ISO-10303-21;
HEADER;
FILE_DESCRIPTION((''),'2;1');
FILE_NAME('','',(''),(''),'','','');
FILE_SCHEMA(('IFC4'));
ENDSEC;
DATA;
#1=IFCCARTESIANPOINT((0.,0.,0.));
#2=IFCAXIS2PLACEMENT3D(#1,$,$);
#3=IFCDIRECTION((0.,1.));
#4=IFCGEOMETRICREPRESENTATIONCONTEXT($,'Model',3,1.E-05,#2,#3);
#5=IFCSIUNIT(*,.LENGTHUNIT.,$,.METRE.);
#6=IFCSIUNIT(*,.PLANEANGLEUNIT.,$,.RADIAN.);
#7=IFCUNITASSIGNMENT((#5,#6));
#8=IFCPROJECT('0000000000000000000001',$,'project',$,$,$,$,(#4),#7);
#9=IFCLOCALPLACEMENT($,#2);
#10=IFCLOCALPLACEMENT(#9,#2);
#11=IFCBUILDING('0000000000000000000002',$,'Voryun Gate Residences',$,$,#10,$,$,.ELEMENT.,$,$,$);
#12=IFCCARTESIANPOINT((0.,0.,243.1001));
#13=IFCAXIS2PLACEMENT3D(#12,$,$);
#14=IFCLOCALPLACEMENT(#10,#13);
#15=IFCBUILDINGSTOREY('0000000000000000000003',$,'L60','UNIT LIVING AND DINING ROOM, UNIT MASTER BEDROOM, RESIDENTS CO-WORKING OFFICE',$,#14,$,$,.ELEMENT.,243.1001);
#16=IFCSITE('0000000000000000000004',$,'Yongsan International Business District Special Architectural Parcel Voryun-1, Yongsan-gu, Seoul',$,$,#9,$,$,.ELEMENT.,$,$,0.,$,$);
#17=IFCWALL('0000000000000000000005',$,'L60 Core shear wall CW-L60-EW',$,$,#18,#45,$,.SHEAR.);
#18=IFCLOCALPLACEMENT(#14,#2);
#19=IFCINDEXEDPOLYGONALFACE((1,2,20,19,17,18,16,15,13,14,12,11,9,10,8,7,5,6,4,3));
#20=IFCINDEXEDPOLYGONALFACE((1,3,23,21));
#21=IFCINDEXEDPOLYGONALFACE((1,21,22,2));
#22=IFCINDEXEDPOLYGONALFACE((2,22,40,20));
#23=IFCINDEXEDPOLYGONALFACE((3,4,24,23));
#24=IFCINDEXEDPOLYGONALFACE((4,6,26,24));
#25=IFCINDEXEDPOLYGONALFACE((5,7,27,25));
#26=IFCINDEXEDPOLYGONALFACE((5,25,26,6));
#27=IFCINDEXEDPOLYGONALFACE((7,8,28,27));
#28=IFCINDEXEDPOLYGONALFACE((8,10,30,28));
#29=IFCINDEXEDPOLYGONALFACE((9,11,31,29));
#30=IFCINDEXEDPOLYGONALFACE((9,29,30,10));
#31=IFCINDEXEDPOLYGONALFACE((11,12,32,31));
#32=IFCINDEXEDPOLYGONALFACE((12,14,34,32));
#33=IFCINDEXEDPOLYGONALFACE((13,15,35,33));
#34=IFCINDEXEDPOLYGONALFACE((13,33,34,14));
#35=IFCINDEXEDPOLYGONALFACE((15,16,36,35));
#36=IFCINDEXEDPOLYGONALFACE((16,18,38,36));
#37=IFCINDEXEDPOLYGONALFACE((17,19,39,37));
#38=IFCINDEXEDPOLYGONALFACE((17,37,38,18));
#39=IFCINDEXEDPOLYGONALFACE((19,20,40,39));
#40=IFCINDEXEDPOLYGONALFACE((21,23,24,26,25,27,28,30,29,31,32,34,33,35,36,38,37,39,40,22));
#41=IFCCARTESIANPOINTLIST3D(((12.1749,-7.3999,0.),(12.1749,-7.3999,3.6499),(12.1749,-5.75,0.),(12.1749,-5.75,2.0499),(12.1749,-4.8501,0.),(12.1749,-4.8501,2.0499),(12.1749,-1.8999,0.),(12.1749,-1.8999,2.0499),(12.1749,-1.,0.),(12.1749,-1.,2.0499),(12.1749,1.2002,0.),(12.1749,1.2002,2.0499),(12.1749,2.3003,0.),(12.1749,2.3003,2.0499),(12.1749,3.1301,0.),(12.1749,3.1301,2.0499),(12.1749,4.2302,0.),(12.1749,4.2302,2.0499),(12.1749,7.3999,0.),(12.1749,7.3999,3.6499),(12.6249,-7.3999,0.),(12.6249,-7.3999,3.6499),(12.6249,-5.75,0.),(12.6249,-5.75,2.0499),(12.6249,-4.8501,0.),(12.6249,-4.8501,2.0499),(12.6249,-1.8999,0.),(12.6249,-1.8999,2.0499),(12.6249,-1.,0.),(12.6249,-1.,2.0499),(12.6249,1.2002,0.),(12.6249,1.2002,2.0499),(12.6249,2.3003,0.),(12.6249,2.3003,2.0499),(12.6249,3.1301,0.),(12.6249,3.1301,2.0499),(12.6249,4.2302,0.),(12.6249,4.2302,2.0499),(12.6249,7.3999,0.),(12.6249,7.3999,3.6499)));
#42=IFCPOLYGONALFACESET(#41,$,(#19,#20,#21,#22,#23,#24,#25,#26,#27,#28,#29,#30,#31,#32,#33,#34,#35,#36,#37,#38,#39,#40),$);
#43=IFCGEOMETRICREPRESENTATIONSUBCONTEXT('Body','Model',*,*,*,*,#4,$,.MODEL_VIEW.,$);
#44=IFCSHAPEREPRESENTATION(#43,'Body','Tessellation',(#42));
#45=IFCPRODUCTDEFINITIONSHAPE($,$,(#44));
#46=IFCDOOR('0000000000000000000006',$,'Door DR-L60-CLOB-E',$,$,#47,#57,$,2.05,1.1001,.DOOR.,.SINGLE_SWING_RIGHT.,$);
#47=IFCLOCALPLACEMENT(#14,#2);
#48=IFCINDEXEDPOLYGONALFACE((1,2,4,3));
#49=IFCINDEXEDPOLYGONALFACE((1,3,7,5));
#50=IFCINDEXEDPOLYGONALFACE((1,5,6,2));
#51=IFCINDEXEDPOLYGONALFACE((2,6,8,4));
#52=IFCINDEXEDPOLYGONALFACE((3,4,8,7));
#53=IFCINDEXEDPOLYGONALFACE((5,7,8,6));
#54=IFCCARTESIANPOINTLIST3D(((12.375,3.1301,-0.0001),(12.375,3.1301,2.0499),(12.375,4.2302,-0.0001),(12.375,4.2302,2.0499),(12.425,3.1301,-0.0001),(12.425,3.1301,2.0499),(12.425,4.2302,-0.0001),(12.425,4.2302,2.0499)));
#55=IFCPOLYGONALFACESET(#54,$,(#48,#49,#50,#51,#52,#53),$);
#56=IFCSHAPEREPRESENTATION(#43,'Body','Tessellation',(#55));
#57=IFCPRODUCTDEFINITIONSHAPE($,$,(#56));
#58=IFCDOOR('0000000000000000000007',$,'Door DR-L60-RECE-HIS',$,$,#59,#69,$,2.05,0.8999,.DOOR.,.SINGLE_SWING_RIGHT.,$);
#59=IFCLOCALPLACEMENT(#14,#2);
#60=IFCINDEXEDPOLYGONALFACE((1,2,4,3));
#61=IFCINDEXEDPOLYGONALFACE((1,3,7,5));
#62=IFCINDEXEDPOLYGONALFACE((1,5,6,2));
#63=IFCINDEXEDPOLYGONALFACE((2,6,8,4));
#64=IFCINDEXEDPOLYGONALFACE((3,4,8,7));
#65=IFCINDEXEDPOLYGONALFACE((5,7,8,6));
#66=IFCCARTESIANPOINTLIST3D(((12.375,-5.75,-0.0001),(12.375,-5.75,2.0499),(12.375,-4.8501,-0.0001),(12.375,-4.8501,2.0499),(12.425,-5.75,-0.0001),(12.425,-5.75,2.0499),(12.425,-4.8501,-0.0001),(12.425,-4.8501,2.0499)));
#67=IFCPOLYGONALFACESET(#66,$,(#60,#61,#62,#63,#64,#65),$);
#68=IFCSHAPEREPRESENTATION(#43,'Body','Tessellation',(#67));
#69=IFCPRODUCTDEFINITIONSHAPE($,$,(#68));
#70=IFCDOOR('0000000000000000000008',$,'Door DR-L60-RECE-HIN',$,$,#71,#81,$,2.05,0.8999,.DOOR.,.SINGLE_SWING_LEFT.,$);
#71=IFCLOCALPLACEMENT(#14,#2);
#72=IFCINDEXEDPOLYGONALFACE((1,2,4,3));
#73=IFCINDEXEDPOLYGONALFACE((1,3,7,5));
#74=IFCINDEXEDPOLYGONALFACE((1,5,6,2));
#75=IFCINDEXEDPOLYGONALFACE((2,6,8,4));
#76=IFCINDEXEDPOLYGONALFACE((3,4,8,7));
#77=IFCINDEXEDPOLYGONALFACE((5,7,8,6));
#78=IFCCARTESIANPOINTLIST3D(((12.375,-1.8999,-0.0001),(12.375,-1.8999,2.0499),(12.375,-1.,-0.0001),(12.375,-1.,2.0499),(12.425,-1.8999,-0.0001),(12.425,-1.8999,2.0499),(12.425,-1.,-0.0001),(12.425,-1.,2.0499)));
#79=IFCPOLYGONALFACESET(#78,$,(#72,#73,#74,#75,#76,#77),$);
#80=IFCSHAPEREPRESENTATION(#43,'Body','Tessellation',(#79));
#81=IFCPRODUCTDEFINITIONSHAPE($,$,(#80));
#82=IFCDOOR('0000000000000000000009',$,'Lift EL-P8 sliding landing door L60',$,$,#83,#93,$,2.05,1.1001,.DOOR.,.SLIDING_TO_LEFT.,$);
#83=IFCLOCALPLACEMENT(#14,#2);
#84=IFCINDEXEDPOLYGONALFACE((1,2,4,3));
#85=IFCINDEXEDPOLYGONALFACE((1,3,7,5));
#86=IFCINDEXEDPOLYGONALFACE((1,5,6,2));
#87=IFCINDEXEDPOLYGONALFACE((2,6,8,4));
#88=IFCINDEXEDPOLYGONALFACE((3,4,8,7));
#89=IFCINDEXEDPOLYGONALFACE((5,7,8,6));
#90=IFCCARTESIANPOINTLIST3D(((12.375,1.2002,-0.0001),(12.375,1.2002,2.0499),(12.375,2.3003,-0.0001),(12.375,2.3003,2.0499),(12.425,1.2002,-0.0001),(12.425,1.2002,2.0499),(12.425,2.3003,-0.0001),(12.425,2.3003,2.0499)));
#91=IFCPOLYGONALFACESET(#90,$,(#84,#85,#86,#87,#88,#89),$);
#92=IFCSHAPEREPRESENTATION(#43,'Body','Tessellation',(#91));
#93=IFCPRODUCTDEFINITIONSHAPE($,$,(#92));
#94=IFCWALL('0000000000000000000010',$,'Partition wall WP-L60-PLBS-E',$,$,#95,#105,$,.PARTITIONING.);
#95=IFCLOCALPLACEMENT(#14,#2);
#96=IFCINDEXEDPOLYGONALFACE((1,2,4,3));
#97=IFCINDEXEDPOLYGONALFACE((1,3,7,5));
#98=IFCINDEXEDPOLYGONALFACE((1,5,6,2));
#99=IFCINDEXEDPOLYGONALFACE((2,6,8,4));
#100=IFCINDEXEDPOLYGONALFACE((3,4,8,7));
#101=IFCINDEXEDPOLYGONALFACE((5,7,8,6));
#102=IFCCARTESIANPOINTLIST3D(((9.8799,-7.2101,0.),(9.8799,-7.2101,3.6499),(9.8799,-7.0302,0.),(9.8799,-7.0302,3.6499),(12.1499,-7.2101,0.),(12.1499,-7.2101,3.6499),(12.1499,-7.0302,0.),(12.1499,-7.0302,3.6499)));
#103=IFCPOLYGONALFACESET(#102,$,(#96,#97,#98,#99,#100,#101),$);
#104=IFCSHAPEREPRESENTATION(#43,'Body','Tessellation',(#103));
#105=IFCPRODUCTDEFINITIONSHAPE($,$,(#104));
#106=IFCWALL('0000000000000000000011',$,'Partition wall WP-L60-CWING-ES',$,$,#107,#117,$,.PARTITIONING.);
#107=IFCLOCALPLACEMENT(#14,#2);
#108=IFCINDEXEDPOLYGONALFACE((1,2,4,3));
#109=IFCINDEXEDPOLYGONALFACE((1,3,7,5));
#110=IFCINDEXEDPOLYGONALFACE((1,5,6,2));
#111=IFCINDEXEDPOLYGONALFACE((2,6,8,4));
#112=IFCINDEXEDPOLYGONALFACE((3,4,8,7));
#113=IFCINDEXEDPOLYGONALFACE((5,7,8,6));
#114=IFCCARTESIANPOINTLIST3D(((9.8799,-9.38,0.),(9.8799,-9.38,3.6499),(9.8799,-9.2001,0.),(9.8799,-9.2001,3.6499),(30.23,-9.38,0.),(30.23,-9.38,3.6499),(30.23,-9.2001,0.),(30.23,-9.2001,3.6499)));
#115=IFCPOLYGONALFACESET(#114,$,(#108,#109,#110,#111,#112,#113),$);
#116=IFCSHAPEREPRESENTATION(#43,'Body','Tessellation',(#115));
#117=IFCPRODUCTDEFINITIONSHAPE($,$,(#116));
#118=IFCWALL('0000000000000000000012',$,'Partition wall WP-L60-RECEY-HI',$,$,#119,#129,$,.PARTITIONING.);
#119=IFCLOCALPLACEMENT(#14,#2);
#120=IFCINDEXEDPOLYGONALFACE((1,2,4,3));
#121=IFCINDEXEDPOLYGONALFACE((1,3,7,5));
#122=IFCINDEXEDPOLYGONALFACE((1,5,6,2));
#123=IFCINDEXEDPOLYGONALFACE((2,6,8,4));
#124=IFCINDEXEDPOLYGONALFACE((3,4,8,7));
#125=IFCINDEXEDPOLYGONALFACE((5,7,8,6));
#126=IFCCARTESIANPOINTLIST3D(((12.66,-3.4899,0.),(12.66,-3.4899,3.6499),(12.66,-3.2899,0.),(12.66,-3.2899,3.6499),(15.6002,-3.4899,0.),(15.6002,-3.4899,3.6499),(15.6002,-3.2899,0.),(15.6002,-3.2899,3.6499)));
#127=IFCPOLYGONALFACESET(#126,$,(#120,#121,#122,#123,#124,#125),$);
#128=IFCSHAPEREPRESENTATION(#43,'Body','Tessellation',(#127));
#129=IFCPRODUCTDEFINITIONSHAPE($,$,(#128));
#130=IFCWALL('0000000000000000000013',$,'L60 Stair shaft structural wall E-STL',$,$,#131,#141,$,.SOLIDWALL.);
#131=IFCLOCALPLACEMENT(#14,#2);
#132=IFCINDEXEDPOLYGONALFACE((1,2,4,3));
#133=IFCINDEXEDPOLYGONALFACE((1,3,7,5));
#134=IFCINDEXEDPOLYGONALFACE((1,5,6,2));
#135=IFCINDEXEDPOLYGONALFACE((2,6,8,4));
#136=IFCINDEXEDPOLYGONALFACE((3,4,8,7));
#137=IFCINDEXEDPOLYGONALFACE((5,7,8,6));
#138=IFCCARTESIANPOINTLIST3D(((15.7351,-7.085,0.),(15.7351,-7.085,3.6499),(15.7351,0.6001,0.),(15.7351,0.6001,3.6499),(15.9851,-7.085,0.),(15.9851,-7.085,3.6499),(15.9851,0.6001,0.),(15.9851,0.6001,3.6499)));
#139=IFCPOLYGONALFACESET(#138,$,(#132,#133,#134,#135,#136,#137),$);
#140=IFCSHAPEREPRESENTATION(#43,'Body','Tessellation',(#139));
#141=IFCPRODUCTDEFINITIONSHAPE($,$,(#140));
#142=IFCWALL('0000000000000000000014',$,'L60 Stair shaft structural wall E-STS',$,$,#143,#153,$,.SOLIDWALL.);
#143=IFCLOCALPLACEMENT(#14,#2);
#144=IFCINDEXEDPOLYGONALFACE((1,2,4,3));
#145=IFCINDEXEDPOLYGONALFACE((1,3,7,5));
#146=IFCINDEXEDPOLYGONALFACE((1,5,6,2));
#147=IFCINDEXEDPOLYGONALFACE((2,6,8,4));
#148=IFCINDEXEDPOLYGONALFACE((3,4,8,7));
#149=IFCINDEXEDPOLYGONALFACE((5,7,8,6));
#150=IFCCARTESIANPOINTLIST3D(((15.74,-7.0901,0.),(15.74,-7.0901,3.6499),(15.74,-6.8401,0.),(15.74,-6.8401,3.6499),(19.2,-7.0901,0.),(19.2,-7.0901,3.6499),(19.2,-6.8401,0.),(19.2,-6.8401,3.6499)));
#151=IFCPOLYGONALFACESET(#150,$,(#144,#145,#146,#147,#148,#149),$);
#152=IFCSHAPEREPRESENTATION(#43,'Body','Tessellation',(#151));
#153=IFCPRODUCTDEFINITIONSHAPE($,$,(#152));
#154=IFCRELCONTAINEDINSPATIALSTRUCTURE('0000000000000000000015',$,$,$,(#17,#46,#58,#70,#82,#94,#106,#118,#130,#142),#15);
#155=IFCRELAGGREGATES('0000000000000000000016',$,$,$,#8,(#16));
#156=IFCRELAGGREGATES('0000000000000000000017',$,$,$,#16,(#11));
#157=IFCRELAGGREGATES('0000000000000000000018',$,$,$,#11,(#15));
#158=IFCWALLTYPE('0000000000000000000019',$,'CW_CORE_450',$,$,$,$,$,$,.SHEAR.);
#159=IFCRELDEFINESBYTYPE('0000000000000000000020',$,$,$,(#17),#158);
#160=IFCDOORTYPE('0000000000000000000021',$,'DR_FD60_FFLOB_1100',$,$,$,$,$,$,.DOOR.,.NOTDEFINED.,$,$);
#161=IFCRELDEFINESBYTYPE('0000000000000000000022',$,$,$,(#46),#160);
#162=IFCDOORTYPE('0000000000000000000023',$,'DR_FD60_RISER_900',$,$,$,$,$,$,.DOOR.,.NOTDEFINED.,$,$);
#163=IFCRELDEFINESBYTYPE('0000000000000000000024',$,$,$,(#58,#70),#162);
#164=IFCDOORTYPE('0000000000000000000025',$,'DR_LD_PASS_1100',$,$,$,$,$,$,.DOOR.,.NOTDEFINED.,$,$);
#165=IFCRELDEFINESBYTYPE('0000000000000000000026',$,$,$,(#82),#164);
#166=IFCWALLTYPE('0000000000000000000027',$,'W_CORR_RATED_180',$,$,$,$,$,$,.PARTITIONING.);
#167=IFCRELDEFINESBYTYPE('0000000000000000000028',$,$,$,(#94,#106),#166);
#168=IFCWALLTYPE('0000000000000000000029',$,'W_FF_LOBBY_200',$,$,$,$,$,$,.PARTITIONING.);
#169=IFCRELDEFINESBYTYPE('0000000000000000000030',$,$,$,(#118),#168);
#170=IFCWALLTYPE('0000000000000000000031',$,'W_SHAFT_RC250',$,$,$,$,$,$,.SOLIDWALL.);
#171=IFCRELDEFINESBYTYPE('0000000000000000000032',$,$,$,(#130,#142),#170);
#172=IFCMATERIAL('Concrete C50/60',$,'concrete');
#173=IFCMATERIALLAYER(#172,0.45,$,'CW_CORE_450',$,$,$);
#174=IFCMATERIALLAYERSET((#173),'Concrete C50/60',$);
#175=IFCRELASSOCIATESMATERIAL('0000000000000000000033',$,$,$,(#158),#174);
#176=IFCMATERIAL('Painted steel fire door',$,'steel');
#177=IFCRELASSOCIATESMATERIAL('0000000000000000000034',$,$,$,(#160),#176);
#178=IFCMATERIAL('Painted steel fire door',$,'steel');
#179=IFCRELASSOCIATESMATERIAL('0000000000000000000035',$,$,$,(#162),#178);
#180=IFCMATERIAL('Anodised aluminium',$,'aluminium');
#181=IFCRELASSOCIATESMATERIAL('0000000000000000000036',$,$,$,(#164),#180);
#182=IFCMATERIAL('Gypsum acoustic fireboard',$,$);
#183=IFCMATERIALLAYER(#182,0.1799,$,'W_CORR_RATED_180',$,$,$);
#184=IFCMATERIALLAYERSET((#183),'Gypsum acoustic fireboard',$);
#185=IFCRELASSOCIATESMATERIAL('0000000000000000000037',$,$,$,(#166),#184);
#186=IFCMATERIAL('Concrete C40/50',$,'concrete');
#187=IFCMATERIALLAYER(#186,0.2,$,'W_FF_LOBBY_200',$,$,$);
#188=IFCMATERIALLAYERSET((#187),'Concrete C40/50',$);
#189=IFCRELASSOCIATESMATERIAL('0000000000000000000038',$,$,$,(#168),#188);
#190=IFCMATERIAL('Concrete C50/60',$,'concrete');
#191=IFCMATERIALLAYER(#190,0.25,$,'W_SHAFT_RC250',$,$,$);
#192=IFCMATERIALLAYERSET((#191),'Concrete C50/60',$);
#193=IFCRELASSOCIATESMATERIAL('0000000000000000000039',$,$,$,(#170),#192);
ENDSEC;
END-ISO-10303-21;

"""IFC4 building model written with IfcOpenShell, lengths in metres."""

from ifc_helpers import new_model, si_unit, direction, frame, frame_2d, origin, place, context, subcontext, project, spatial, rectangle, extrude, material, layer, layer_set, type_object, element, fill, save


model = new_model("IFC4")

# Units and contexts
model_context = context("Model", 3, precision=1e-05, world=origin(), true_north=direction((0.0, 1.0)))
body_context = subcontext(model_context, "Body", "Model", "MODEL_VIEW")
ifc_project = project(units=[si_unit("LENGTHUNIT", "METRE"), si_unit("PLANEANGLEUNIT", "RADIAN")], contexts=[model_context])

# Site, building, storey
site_placement = place(None, origin())
site = spatial("IfcSite", under=ifc_project, at=site_placement, Name="Yongsan International Business District Special Architectural Parcel Voryun-1, Yongsan-gu, Seoul", CompositionType="ELEMENT", RefElevation=0.0)
building_placement = place(site_placement, origin())
building = spatial("IfcBuilding", under=site, at=building_placement, Name="Voryun Gate Residences", CompositionType="ELEMENT")
storey_placement = place(building_placement, frame((0.0, 0.0, 243.1001)))
storey = spatial("IfcBuildingStorey", under=building, at=storey_placement, Name="L60", Description="UNIT LIVING AND DINING ROOM, UNIT MASTER BEDROOM, RESIDENTS CO-WORKING OFFICE", CompositionType="ELEMENT", Elevation=243.1001)

# Shared definitions
ifc_material_1 = material(Name="Concrete C50/60", Category="concrete")
ifc_layer_1 = layer(ifc_material_1, 0.45, Name="CW_CORE_450")
ifc_layer_set_1 = layer_set([ifc_layer_1], Name="Concrete C50/60")
wall_type_1 = type_object("IfcWallType", Name="CW_CORE_450", PredefinedType="SHEAR", material=ifc_layer_set_1)

# Wall, openings, doors
wall_1_placement = place(storey_placement, frame((12.3999, -7.3999, 0.0), z_axis=(0.0, 0.0, 1.0), x_axis=(0.0, 1.0, 0.0)))
wall_1 = element("IfcWall", 1, at=wall_1_placement, inside=storey, type_object=wall_type_1, Name="L60 Core shear wall CW-L60-EW", PredefinedType="SHEAR", context=body_context, shape_type="SweptSolid", body=[
    extrude(rectangle(XDim=14.7998, YDim=0.45, at=frame_2d((7.3999, 0.0))), origin(), (0.0, 0.0, 1.0), 3.6499),
])
opening_1_placement = place(wall_1_placement, frame((8.6001, 0.0, 0.0)))
opening_1 = element("IfcOpeningElement", 2, at=opening_1_placement, cuts=wall_1, PredefinedType="OPENING", context=body_context, shape_type="SweptSolid", body=[
    extrude(rectangle(XDim=1.1001, YDim=2.05, at=frame_2d((0.55, 1.0249))), frame((0.0, 0.2351, 0.0), z_axis=(0.0, -1.0, 0.0), x_axis=(1.0, 0.0, 0.0)), (0.0, 0.0, 1.0), 0.47),
])
opening_2_placement = place(wall_1_placement, frame((10.53, 0.0, 0.0)))
opening_2 = element("IfcOpeningElement", 3, at=opening_2_placement, cuts=wall_1, PredefinedType="OPENING", context=body_context, shape_type="SweptSolid", body=[
    extrude(rectangle(XDim=1.1001, YDim=2.05, at=frame_2d((0.55, 1.0249))), frame((0.0, 0.2351, 0.0), z_axis=(0.0, -1.0, 0.0), x_axis=(1.0, 0.0, 0.0)), (0.0, 0.0, 1.0), 0.47),
])
opening_3_placement = place(wall_1_placement, frame((1.6499, 0.0, 0.0)))
opening_3 = element("IfcOpeningElement", 4, at=opening_3_placement, cuts=wall_1, PredefinedType="OPENING", context=body_context, shape_type="SweptSolid", body=[
    extrude(rectangle(XDim=0.8999, YDim=2.05, at=frame_2d((0.45, 1.0249))), frame((0.0, 0.2351, 0.0), z_axis=(0.0, -1.0, 0.0), x_axis=(1.0, 0.0, 0.0)), (0.0, 0.0, 1.0), 0.47),
])
opening_4_placement = place(wall_1_placement, frame((5.5, 0.0, 0.0)))
opening_4 = element("IfcOpeningElement", 5, at=opening_4_placement, cuts=wall_1, PredefinedType="OPENING", context=body_context, shape_type="SweptSolid", body=[
    extrude(rectangle(XDim=0.8999, YDim=2.05, at=frame_2d((0.45, 1.0249))), frame((0.0, 0.2351, 0.0), z_axis=(0.0, -1.0, 0.0), x_axis=(1.0, 0.0, 0.0)), (0.0, 0.0, 1.0), 0.47),
])
ifc_material_2 = material(Name="Painted steel fire door", Category="steel")
door_type_1 = type_object("IfcDoorType", Name="DR_FD60_FFLOB_1100", OperationType="NOTDEFINED", PredefinedType="DOOR", material=ifc_material_2)
door_1_placement = place(opening_2_placement, origin())
door_1 = element("IfcDoor", 6, at=door_1_placement, inside=storey, type_object=door_type_1, Name="Door DR-L60-CLOB-E", OperationType="SINGLE_SWING_RIGHT", OverallHeight=2.05, OverallWidth=1.1001, PredefinedType="DOOR", context=body_context, shape_type="SweptSolid", body=[
    extrude(rectangle(XDim=1.1001, YDim=2.05, at=frame_2d((0.55, 1.0249))), frame((0.0, 0.0249, 0.0), z_axis=(0.0, -1.0, 0.0), x_axis=(1.0, 0.0, 0.0)), (0.0, 0.0, 1.0), 0.05),
])
fill(opening_2, door_1)
ifc_material_3 = material(Name="Painted steel fire door", Category="steel")
door_type_2 = type_object("IfcDoorType", Name="DR_FD60_RISER_900", OperationType="NOTDEFINED", PredefinedType="DOOR", material=ifc_material_3)
door_2_placement = place(opening_3_placement, origin())
door_2 = element("IfcDoor", 7, at=door_2_placement, inside=storey, type_object=door_type_2, Name="Door DR-L60-RECE-HIS", OperationType="SINGLE_SWING_RIGHT", OverallHeight=2.05, OverallWidth=0.8999, PredefinedType="DOOR", context=body_context, shape_type="SweptSolid", body=[
    extrude(rectangle(XDim=0.8999, YDim=2.05, at=frame_2d((0.45, 1.0249))), frame((0.0, 0.0249, 0.0), z_axis=(0.0, -1.0, 0.0), x_axis=(1.0, 0.0, 0.0)), (0.0, 0.0, 1.0), 0.05),
])
fill(opening_3, door_2)
door_3_placement = place(opening_4_placement, origin())
door_3 = element("IfcDoor", 8, at=door_3_placement, inside=storey, type_object=door_type_2, Name="Door DR-L60-RECE-HIN", OperationType="SINGLE_SWING_LEFT", OverallHeight=2.05, OverallWidth=0.8999, PredefinedType="DOOR", context=body_context, shape_type="SweptSolid", body=[
    extrude(rectangle(XDim=0.8999, YDim=2.05, at=frame_2d((0.45, 1.0249))), frame((0.0, 0.0249, 0.0), z_axis=(0.0, -1.0, 0.0), x_axis=(1.0, 0.0, 0.0)), (0.0, 0.0, 1.0), 0.05),
])
fill(opening_4, door_3)
ifc_material_4 = material(Name="Anodised aluminium", Category="aluminium")
door_type_3 = type_object("IfcDoorType", Name="DR_LD_PASS_1100", OperationType="NOTDEFINED", PredefinedType="DOOR", material=ifc_material_4)
door_4_placement = place(opening_1_placement, origin())
door_4 = element("IfcDoor", 9, at=door_4_placement, inside=storey, type_object=door_type_3, Name="Lift EL-P8 sliding landing door L60", OperationType="SLIDING_TO_LEFT", OverallHeight=2.05, OverallWidth=1.1001, PredefinedType="DOOR", context=body_context, shape_type="SweptSolid", body=[
    extrude(rectangle(XDim=1.1001, YDim=2.05, at=frame_2d((0.55, 1.0249))), frame((0.0, 0.0249, 0.0), z_axis=(0.0, -1.0, 0.0), x_axis=(1.0, 0.0, 0.0)), (0.0, 0.0, 1.0), 0.05),
])
fill(opening_1, door_4)

# Walls
ifc_material_5 = material(Name="Gypsum acoustic fireboard")
ifc_layer_2 = layer(ifc_material_5, 0.1799, Name="W_CORR_RATED_180")
ifc_layer_set_2 = layer_set([ifc_layer_2], Name="Gypsum acoustic fireboard")
wall_type_2 = type_object("IfcWallType", Name="W_CORR_RATED_180", PredefinedType="PARTITIONING", material=ifc_layer_set_2)
wall_2_placement = place(storey_placement, frame((9.8799, -7.1201, 0.0), z_axis=(0.0, 0.0, 1.0), x_axis=(1.0, 0.0, 0.0)))
element("IfcWall", 10, at=wall_2_placement, inside=storey, type_object=wall_type_2, Name="Partition wall WP-L60-PLBS-E", PredefinedType="PARTITIONING", context=body_context, shape_type="SweptSolid", body=[
    extrude(rectangle(XDim=2.27, YDim=0.1799, at=frame_2d((1.135, 0.0))), origin(), (0.0, 0.0, 1.0), 3.6499),
])
wall_3_placement = place(storey_placement, frame((9.8799, -9.29, 0.0), z_axis=(0.0, 0.0, 1.0), x_axis=(1.0, 0.0, 0.0)))
element("IfcWall", 11, at=wall_3_placement, inside=storey, type_object=wall_type_2, Name="Partition wall WP-L60-CWING-ES", PredefinedType="PARTITIONING", context=body_context, shape_type="SweptSolid", body=[
    extrude(rectangle(XDim=20.3501, YDim=0.1799, at=frame_2d((10.175, 0.0))), origin(), (0.0, 0.0, 1.0), 3.6499),
])
ifc_material_6 = material(Name="Concrete C40/50", Category="concrete")
ifc_layer_3 = layer(ifc_material_6, 0.2, Name="W_FF_LOBBY_200")
ifc_layer_set_3 = layer_set([ifc_layer_3], Name="Concrete C40/50")
wall_type_3 = type_object("IfcWallType", Name="W_FF_LOBBY_200", PredefinedType="PARTITIONING", material=ifc_layer_set_3)
wall_4_placement = place(storey_placement, frame((12.6599, -3.3899, 0.0), z_axis=(0.0, 0.0, 1.0), x_axis=(1.0, 0.0, 0.0)))
element("IfcWall", 12, at=wall_4_placement, inside=storey, type_object=wall_type_3, Name="Partition wall WP-L60-RECEY-HI", PredefinedType="PARTITIONING", context=body_context, shape_type="SweptSolid", body=[
    extrude(rectangle(XDim=2.9402, YDim=0.2, at=frame_2d((1.4702, 0.0))), origin(), (0.0, 0.0, 1.0), 3.6499),
])
ifc_material_7 = material(Name="Concrete C50/60", Category="concrete")
ifc_layer_4 = layer(ifc_material_7, 0.25, Name="W_SHAFT_RC250")
ifc_layer_set_4 = layer_set([ifc_layer_4], Name="Concrete C50/60")
wall_type_4 = type_object("IfcWallType", Name="W_SHAFT_RC250", PredefinedType="SOLIDWALL", material=ifc_layer_set_4)
wall_5_placement = place(storey_placement, frame((15.8601, -7.085, 0.0), z_axis=(0.0, 0.0, 1.0), x_axis=(0.0, 1.0, 0.0)))
element("IfcWall", 13, at=wall_5_placement, inside=storey, type_object=wall_type_4, Name="L60 Stair shaft structural wall E-STL", PredefinedType="SOLIDWALL", context=body_context, shape_type="SweptSolid", body=[
    extrude(rectangle(XDim=7.6851, YDim=0.25, at=frame_2d((3.8425, 0.0))), origin(), (0.0, 0.0, 1.0), 3.6499),
])
wall_6_placement = place(storey_placement, frame((15.74, -6.9651, 0.0), z_axis=(0.0, 0.0, 1.0), x_axis=(1.0, 0.0, 0.0)))
element("IfcWall", 14, at=wall_6_placement, inside=storey, type_object=wall_type_4, Name="L60 Stair shaft structural wall E-STS", PredefinedType="SOLIDWALL", context=body_context, shape_type="SweptSolid", body=[
    extrude(rectangle(XDim=3.46, YDim=0.25, at=frame_2d((1.73, 0.0))), origin(), (0.0, 0.0, 1.0), 3.6499),
])

save(model, "model.ifc")
